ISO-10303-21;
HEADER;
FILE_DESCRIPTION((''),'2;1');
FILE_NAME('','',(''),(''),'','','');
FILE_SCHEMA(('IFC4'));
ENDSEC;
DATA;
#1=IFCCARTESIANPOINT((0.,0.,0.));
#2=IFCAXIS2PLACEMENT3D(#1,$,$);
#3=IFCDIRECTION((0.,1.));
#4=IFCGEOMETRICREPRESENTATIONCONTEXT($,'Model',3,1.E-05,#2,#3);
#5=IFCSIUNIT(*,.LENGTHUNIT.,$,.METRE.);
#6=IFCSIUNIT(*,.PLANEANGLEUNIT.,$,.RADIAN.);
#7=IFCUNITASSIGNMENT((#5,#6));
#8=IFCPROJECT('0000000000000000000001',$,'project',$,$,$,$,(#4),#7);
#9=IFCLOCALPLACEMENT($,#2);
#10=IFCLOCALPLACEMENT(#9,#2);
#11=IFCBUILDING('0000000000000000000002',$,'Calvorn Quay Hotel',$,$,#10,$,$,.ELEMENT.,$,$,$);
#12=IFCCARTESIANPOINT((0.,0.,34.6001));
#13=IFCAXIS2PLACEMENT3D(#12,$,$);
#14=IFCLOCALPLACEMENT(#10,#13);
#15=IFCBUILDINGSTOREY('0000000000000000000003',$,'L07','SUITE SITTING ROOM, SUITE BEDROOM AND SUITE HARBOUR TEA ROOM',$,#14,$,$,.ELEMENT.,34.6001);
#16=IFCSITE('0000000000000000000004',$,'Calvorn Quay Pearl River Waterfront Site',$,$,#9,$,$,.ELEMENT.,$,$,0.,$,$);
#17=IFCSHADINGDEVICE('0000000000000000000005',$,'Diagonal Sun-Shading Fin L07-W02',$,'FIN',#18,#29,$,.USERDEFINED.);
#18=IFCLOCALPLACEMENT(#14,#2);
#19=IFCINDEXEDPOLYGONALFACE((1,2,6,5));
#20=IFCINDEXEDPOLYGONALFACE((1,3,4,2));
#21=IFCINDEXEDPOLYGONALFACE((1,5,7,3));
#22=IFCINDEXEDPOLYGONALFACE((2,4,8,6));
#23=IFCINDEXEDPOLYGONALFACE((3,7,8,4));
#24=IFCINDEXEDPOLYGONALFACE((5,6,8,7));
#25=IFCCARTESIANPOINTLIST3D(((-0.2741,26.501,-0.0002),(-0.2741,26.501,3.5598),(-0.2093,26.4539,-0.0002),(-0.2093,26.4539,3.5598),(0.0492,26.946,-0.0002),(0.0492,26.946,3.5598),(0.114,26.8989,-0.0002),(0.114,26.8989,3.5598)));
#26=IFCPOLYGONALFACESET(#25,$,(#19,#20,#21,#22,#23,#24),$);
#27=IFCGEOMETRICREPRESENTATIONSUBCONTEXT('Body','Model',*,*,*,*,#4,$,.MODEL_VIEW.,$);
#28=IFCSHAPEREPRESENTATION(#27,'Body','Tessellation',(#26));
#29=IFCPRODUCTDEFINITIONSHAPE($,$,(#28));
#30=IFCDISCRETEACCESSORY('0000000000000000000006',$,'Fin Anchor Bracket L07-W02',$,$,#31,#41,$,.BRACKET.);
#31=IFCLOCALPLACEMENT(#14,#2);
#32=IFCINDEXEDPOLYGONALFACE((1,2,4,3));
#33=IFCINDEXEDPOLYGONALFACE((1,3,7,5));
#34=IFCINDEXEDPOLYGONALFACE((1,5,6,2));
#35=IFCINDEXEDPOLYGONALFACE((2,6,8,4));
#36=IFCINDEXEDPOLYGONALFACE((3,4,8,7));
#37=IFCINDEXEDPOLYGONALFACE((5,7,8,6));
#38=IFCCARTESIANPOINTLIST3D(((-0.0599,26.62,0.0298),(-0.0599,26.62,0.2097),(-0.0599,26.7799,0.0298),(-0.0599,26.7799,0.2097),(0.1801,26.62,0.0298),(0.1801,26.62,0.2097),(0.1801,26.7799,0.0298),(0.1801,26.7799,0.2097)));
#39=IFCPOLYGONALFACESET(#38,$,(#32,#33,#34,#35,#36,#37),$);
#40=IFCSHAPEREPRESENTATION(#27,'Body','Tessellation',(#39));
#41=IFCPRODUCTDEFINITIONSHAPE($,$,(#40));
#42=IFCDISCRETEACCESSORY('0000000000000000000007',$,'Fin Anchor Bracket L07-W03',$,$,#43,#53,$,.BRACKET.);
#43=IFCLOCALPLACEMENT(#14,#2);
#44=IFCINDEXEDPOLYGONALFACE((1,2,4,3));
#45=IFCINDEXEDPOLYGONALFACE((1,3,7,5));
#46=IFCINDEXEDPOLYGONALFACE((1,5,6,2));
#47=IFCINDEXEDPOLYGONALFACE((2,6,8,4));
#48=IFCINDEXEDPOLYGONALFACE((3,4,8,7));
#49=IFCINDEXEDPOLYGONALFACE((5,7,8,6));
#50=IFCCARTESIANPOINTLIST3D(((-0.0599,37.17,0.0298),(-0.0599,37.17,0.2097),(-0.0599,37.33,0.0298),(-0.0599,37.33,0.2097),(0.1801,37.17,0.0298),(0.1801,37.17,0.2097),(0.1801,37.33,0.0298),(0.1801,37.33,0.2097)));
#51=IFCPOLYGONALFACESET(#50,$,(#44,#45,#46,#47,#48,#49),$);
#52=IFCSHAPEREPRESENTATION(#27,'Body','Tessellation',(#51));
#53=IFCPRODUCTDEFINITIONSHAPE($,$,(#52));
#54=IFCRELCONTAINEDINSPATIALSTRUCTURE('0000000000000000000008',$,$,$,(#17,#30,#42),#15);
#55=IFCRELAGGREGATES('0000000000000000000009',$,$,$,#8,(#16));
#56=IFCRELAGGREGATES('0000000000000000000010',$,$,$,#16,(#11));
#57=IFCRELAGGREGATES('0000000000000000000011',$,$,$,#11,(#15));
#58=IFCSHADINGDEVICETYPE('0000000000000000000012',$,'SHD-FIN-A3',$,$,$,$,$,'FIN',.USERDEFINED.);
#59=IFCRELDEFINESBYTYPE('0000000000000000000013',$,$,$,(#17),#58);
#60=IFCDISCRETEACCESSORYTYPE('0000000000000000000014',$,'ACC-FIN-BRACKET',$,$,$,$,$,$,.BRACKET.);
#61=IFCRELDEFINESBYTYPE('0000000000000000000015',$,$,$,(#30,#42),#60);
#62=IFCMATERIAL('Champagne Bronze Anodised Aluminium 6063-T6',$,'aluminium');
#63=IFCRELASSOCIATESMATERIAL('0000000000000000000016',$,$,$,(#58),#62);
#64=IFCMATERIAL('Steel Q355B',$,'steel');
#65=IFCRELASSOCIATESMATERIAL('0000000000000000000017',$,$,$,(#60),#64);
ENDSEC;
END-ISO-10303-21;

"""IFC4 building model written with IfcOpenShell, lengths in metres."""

from ifc_helpers import new_model, si_unit, direction, frame, origin, origin_2d, place, context, subcontext, project, spatial, rectangle, extrude, material, type_object, element, save


model = new_model("IFC4")

# Units and contexts
model_context = context("Model", 3, precision=1e-05, world=origin(), true_north=direction((0.0, 1.0)))
body_context = subcontext(model_context, "Body", "Model", "MODEL_VIEW")
ifc_project = project(units=[si_unit("LENGTHUNIT", "METRE"), si_unit("PLANEANGLEUNIT", "RADIAN")], contexts=[model_context])

# Site, building, storey
site_placement = place(None, origin())
site = spatial("IfcSite", under=ifc_project, at=site_placement, Name="Calvorn Quay Pearl River Waterfront Site", CompositionType="ELEMENT", RefElevation=0.0)
building_placement = place(site_placement, origin())
building = spatial("IfcBuilding", under=site, at=building_placement, Name="Calvorn Quay Hotel", CompositionType="ELEMENT")
storey_placement = place(building_placement, frame((0.0, 0.0, 34.6001)))
storey = spatial("IfcBuildingStorey", under=building, at=storey_placement, Name="L07", Description="SUITE SITTING ROOM, SUITE BEDROOM AND SUITE HARBOUR TEA ROOM", CompositionType="ELEMENT", Elevation=34.6001)

# Shading device
ifc_material_1 = material(Name="Champagne Bronze Anodised Aluminium 6063-T6", Category="aluminium")
shading_device_type_1 = type_object("IfcShadingDeviceType", Name="SHD-FIN-A3", ElementType="FIN", PredefinedType="USERDEFINED", material=ifc_material_1)
shading_device_1_placement = place(storey_placement, frame((-0.0801, 26.7, -0.0002), z_axis=(0.0, 0.0, 1.0), x_axis=(0.587785, 0.809017, 0.0)))
element("IfcShadingDevice", 1, at=shading_device_1_placement, inside=storey, type_object=shading_device_type_1, Name="Diagonal Sun-Shading Fin L07-W02", ObjectType="FIN", PredefinedType="USERDEFINED", context=body_context, shape_type="SweptSolid", body=[
    extrude(rectangle(XDim=0.55, YDim=0.0801, at=origin_2d()), origin(), (0.0, 0.0, 1.0), 3.5601),
])

# Discrete accessories
ifc_material_2 = material(Name="Steel Q355B", Category="steel")
discrete_accessory_type = type_object("IfcDiscreteAccessoryType", Name="ACC-FIN-BRACKET", PredefinedType="BRACKET", material=ifc_material_2)
for number, where, z_axis, x_axis, name in (
    (2, (0.0601, 26.7, 0.0298), (0.0, 0.0, 1.0), (1.0, 0.0, 0.0), "Fin Anchor Bracket L07-W02"),
    (3, (0.0601, 37.25, 0.0298), (0.0, 0.0, 1.0), (1.0, 0.0, 0.0), "Fin Anchor Bracket L07-W03"),
):
    element("IfcDiscreteAccessory", number, at=place(storey_placement, frame(where, z_axis=z_axis, x_axis=x_axis)), inside=storey, type_object=discrete_accessory_type, Name=name, PredefinedType="BRACKET", context=body_context, shape_type="SweptSolid", body=[
        extrude(rectangle(XDim=0.24, YDim=0.1599, at=origin_2d()), origin(), (0.0, 0.0, 1.0), 0.1799),
    ])

save(model, "model.ifc")
